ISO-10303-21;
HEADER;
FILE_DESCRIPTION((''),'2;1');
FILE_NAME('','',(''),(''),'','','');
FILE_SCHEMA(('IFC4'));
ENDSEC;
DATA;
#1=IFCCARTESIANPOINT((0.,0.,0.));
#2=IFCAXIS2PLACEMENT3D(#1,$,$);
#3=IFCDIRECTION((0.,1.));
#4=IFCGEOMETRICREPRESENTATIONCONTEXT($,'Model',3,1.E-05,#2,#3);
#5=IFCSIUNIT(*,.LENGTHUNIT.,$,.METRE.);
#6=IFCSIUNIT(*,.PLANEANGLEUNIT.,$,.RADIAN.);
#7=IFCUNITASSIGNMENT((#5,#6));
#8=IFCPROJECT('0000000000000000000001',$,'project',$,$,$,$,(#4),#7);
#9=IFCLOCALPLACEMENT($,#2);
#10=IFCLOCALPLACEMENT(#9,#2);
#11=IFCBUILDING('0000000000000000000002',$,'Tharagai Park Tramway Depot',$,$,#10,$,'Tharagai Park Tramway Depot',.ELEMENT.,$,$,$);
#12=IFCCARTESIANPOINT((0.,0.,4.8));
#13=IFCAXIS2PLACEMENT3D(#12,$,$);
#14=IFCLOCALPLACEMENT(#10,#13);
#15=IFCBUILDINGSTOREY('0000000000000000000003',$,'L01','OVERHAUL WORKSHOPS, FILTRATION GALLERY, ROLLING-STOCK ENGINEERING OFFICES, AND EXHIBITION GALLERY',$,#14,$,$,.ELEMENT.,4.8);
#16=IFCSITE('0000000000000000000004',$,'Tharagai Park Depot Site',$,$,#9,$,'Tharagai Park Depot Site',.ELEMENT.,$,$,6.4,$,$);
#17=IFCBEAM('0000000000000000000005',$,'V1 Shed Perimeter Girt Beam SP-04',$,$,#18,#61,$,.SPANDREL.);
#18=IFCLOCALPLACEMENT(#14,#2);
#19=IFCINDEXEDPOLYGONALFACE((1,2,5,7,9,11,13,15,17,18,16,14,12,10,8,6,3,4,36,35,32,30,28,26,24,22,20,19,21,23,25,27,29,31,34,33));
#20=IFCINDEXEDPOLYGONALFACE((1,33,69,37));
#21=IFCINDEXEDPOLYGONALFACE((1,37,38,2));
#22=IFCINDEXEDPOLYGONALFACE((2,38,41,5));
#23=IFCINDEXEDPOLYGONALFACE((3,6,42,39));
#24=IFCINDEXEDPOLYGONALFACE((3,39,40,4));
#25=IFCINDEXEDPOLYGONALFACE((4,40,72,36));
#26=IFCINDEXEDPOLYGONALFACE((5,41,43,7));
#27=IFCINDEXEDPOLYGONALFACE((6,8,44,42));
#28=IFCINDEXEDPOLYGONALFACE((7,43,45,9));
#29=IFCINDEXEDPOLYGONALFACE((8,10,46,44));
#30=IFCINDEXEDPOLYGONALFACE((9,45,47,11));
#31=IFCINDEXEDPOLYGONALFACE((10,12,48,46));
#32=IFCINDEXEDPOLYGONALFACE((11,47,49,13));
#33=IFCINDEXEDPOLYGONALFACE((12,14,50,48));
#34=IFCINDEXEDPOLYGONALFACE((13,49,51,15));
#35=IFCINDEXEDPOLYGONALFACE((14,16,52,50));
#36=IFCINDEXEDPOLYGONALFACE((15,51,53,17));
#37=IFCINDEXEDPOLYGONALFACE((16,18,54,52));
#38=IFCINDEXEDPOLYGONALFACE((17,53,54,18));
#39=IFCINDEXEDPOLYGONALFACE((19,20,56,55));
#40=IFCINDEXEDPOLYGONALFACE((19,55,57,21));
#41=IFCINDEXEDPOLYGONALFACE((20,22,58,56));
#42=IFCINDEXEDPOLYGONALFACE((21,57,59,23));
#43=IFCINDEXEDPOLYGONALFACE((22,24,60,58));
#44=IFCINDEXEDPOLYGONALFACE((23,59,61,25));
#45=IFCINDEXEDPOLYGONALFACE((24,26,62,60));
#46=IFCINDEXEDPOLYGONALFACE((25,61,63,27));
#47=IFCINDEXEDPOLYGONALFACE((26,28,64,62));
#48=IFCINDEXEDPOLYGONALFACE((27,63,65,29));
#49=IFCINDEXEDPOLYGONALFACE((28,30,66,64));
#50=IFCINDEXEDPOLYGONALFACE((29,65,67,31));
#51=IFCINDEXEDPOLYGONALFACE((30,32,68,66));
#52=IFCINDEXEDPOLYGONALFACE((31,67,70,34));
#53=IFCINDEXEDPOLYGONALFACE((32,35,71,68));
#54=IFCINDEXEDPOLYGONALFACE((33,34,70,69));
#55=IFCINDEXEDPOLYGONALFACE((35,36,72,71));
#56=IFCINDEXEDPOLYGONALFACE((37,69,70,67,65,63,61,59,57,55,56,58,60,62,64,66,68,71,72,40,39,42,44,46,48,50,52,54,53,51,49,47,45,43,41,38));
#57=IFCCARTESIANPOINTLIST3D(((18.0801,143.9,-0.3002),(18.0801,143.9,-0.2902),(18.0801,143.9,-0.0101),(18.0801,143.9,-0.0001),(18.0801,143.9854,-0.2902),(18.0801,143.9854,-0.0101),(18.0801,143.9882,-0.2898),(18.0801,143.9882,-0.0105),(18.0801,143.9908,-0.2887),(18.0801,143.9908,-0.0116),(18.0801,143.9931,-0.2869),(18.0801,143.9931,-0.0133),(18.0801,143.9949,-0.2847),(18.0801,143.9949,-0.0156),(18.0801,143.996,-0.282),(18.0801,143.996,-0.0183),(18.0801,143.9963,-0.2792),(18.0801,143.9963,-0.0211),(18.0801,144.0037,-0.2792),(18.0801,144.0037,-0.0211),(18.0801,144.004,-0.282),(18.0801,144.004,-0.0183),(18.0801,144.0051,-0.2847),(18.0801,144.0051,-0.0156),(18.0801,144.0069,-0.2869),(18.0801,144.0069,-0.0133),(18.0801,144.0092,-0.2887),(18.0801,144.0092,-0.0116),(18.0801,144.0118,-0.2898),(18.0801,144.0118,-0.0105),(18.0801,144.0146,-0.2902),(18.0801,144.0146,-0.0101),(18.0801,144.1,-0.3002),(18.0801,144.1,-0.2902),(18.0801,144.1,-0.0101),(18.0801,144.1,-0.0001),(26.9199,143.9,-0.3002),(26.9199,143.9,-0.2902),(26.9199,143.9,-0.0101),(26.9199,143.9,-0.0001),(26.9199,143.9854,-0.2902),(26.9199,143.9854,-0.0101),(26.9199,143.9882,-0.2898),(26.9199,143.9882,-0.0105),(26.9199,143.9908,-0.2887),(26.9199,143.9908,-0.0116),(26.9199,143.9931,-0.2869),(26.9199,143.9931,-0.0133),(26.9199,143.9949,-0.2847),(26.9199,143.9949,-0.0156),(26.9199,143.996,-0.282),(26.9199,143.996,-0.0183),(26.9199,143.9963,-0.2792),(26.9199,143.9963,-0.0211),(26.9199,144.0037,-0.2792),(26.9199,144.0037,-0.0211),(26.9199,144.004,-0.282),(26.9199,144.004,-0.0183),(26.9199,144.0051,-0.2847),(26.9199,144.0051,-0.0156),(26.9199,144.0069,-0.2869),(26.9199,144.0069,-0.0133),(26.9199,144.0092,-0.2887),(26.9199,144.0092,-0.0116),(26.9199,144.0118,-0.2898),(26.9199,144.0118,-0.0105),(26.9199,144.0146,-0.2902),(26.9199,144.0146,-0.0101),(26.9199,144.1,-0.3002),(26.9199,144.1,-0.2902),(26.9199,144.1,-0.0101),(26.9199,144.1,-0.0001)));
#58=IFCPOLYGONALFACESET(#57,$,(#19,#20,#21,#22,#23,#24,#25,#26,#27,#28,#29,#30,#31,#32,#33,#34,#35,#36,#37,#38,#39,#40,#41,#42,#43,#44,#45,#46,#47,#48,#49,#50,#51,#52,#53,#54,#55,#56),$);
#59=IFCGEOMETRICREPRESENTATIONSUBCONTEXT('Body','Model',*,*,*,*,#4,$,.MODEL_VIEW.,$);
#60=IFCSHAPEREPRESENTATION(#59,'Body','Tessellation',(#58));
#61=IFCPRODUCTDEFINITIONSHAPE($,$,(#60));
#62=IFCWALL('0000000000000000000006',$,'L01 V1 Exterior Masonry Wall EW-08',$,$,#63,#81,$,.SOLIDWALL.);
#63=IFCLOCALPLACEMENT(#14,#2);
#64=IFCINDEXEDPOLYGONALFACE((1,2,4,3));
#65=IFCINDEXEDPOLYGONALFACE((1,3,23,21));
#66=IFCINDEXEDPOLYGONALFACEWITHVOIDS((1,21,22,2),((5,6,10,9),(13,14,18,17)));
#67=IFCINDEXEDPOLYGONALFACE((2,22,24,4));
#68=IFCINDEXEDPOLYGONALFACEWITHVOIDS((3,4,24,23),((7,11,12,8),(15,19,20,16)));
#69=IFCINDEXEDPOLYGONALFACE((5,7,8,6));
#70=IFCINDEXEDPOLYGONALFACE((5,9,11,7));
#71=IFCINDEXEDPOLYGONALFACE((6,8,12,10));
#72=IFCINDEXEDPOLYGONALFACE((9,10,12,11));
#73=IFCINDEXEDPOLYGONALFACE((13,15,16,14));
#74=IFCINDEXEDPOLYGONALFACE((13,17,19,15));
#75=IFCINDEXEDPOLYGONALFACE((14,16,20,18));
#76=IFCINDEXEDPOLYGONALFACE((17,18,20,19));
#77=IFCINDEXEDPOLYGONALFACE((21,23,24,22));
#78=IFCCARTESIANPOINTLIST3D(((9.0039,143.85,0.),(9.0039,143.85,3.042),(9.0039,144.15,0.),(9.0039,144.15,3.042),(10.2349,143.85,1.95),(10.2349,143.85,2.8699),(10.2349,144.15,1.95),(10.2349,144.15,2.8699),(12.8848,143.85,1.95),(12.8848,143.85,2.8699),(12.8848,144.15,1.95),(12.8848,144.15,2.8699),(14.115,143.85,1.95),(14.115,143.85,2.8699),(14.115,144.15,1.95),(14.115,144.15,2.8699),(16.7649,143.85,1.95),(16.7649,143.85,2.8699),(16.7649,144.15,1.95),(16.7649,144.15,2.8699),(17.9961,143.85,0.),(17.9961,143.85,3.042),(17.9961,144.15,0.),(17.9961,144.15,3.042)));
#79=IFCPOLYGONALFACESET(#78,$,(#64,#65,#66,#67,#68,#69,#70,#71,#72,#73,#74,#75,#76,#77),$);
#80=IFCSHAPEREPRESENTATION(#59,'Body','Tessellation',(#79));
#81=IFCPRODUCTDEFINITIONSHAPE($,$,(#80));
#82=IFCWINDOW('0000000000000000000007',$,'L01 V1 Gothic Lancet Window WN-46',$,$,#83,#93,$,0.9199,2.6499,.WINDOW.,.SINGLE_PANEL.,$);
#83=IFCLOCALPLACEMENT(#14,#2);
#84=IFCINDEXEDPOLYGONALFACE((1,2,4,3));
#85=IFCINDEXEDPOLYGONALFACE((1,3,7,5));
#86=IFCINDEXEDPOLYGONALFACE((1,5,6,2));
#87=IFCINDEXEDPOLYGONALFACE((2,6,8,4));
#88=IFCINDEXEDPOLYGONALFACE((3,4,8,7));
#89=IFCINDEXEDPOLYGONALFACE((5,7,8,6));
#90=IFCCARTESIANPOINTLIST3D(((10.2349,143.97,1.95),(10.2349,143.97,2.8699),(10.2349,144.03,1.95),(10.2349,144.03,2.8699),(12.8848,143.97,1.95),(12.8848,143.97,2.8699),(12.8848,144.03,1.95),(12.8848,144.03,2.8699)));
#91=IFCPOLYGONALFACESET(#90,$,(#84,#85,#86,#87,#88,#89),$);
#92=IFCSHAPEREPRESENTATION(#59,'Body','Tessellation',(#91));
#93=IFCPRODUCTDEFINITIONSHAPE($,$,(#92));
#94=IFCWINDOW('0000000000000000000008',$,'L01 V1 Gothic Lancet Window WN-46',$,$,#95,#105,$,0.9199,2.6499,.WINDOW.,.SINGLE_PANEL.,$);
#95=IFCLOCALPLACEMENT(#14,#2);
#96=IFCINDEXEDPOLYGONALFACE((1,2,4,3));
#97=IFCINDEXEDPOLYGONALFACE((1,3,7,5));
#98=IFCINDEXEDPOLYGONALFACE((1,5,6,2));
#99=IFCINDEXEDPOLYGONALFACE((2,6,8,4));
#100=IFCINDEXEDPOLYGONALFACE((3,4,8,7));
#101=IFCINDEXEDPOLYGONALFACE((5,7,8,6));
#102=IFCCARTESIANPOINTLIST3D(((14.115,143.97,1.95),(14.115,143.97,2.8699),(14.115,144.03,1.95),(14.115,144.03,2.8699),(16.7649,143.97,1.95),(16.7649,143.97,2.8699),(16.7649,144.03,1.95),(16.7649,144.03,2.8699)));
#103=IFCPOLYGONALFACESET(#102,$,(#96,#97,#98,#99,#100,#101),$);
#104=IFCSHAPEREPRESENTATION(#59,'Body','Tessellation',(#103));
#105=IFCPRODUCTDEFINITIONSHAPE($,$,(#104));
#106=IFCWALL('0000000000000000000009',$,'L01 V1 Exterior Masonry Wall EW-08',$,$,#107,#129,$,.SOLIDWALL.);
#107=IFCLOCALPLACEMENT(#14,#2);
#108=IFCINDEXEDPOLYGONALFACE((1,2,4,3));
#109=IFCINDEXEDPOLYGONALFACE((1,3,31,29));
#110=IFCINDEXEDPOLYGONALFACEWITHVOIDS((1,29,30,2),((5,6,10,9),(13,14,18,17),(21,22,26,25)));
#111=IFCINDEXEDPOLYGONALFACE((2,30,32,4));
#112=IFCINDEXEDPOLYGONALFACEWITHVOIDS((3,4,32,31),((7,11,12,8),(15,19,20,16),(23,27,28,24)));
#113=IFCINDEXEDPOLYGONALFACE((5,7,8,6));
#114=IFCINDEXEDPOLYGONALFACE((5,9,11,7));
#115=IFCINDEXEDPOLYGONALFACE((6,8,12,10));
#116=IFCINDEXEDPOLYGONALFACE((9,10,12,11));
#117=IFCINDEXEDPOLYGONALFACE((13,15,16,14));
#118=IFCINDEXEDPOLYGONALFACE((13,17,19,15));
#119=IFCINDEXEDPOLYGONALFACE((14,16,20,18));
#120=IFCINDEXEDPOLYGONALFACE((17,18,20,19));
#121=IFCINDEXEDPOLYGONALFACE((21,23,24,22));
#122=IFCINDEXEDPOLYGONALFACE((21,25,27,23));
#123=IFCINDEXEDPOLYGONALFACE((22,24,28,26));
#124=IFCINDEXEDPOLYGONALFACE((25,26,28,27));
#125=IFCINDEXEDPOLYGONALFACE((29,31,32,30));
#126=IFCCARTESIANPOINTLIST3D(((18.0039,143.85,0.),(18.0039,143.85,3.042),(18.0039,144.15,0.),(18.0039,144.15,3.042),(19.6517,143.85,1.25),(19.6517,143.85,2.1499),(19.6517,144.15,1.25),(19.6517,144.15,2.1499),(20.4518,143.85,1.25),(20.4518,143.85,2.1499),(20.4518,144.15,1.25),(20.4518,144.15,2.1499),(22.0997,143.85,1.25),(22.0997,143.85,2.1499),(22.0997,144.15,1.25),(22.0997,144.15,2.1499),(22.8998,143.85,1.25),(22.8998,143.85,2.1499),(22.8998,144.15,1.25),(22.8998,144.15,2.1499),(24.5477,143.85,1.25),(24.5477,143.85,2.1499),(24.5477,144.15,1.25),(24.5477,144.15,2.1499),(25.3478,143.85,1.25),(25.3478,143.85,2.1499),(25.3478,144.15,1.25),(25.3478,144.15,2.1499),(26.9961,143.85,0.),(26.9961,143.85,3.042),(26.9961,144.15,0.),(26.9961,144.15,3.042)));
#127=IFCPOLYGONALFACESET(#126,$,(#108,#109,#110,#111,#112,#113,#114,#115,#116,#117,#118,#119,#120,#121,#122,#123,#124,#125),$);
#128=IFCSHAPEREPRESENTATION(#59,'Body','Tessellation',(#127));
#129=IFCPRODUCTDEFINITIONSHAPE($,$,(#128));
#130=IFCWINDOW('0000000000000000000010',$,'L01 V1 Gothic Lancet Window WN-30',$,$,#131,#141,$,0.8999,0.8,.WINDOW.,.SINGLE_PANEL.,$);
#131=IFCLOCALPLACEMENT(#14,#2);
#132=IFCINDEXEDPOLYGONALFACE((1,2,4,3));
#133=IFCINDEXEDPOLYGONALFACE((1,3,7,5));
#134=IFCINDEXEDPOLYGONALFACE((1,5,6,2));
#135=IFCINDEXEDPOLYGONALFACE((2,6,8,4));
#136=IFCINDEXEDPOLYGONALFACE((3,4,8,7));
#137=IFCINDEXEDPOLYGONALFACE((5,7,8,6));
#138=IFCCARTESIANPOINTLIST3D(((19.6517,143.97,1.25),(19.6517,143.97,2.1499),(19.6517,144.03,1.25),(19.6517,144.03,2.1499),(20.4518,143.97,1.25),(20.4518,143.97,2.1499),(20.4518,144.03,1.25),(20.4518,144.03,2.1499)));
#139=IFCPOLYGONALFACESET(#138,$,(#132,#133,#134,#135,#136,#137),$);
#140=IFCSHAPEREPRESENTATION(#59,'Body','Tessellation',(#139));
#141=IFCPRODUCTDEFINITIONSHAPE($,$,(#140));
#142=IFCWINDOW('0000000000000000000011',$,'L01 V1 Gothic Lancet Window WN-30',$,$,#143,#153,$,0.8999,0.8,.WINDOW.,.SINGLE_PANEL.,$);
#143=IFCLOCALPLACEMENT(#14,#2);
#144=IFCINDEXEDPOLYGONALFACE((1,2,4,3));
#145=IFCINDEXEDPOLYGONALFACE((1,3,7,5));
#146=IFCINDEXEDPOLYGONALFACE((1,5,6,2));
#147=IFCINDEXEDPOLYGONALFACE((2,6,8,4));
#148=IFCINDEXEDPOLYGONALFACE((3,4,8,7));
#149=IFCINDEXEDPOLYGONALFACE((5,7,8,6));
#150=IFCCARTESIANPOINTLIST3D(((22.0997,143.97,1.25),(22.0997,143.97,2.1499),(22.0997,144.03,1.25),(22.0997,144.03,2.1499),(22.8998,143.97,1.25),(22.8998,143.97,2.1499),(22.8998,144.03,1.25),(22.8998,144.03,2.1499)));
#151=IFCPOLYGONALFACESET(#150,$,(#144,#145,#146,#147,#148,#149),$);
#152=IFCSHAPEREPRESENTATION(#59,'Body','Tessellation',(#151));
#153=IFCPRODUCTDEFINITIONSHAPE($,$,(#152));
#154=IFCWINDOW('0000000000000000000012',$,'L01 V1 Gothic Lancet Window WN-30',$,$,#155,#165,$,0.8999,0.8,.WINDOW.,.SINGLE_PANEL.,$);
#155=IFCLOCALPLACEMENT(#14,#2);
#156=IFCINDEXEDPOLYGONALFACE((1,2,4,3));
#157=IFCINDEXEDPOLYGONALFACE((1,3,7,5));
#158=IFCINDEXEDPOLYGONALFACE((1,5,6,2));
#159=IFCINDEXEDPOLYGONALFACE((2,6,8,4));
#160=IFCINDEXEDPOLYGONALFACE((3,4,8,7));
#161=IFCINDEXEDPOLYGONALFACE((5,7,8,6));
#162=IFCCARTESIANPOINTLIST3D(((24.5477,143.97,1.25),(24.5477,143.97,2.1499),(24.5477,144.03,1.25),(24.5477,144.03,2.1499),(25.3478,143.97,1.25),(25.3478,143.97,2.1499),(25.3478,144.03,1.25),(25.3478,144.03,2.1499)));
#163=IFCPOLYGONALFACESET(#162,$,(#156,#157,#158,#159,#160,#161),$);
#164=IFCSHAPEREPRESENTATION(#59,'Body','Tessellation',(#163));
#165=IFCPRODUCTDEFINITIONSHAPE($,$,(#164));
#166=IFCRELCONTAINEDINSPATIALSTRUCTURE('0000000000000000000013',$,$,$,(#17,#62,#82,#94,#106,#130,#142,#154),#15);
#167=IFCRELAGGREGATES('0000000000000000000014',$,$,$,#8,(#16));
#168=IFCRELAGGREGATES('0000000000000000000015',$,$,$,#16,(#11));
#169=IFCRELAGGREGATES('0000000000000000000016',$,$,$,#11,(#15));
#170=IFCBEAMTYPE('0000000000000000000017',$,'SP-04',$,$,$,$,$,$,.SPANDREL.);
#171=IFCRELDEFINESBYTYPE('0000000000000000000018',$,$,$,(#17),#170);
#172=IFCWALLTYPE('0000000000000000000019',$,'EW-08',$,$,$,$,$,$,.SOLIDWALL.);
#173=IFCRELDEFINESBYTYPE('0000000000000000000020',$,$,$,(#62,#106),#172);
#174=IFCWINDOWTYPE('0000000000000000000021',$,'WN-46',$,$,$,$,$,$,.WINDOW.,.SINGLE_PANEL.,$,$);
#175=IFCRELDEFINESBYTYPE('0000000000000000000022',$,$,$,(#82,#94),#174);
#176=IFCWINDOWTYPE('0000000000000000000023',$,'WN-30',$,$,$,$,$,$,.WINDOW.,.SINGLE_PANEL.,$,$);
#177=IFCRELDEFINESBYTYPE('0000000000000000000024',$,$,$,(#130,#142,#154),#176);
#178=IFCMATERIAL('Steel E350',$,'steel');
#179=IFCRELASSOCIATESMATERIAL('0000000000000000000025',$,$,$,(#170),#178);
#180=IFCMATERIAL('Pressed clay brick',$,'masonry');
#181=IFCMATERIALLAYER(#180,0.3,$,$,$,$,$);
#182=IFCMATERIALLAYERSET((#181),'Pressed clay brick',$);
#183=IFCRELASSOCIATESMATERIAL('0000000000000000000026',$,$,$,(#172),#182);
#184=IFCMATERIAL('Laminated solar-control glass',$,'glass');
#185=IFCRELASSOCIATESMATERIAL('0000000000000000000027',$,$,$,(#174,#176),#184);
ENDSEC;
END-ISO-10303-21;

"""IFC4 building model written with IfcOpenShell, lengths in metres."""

from ifc_helpers import new_model, si_unit, direction, frame, frame_2d, origin, origin_2d, place, context, subcontext, project, spatial, rectangle, i_section, extrude, material, layer, layer_set, material_profile, profile_set, type_object, element, fill, save


model = new_model("IFC4")

# Units and contexts
model_context = context("Model", 3, precision=1e-05, world=origin(), true_north=direction((0.0, 1.0)))
body_context = subcontext(model_context, "Body", "Model", "MODEL_VIEW")
ifc_project = project(units=[si_unit("LENGTHUNIT", "METRE"), si_unit("PLANEANGLEUNIT", "RADIAN")], contexts=[model_context])

# Site, building, storey
site_placement = place(None, origin())
site = spatial("IfcSite", under=ifc_project, at=site_placement, Name="Tharagai Park Depot Site", LongName="Tharagai Park Depot Site", CompositionType="ELEMENT", RefElevation=6.4)
building_placement = place(site_placement, origin())
building = spatial("IfcBuilding", under=site, at=building_placement, Name="Tharagai Park Tramway Depot", LongName="Tharagai Park Tramway Depot", CompositionType="ELEMENT")
storey_placement = place(building_placement, frame((0.0, 0.0, 4.8)))
storey = spatial("IfcBuildingStorey", under=building, at=storey_placement, Name="L01", Description="OVERHAUL WORKSHOPS, FILTRATION GALLERY, ROLLING-STOCK ENGINEERING OFFICES, AND EXHIBITION GALLERY", CompositionType="ELEMENT", Elevation=4.8)

# Shared definitions
ifc_material_1 = material(Name="Steel E350", Category="steel")

# Beam
ifc_material_profile_1 = material_profile(ifc_material_1, i_section(OverallWidth=0.2, OverallDepth=0.3, WebThickness=0.0073, FlangeThickness=0.01, FilletRadius=0.011, at=origin_2d()), Name="ISWB 300")
ifc_profile_set_1 = profile_set([ifc_material_profile_1], Name="Steel E350")
beam_type = type_object("IfcBeamType", Name="SP-04", PredefinedType="SPANDREL", material=ifc_profile_set_1)
for number, where, z_axis, x_axis, name in (
    (1, (18.0801, 144.0, -0.1501), (1.0, 0.0, 0.0), (0.0, 1.0, 0.0), "V1 Shed Perimeter Girt Beam SP-04"),
):
    element("IfcBeam", number, at=place(storey_placement, frame(where, z_axis=z_axis, x_axis=x_axis)), inside=storey, type_object=beam_type, Name=name, PredefinedType="SPANDREL", context=body_context, shape_type="SweptSolid", body=[
        extrude(i_section(OverallWidth=0.2, OverallDepth=0.3, WebThickness=0.0073, FlangeThickness=0.01, FilletRadius=0.011, at=origin_2d()), origin(), (0.0, 0.0, 1.0), 8.8398),
    ])

# Walls, openings, windows
ifc_material_2 = material(Name="Pressed clay brick", Category="masonry")
ifc_layer_1 = layer(ifc_material_2, 0.3)
ifc_layer_set_1 = layer_set([ifc_layer_1], Name="Pressed clay brick")
wall_type = type_object("IfcWallType", Name="EW-08", PredefinedType="SOLIDWALL", material=ifc_layer_set_1)
wall_1_placement = place(storey_placement, frame((9.0039, 144.0, 0.0), z_axis=(0.0, 0.0, 1.0), x_axis=(1.0, 0.0, 0.0)))
wall_1 = element("IfcWall", 2, at=wall_1_placement, inside=storey, type_object=wall_type, Name="L01 V1 Exterior Masonry Wall EW-08", PredefinedType="SOLIDWALL", context=body_context, shape_type="SweptSolid", body=[
    extrude(rectangle(XDim=8.9922, YDim=0.3, at=frame_2d((4.4961, 0.0))), origin(), (0.0, 0.0, 1.0), 3.042),
])
opening_1_placement = place(wall_1_placement, frame((1.231, 0.0, 1.95)))
opening_1 = element("IfcOpeningElement", 3, at=opening_1_placement, cuts=wall_1, PredefinedType="OPENING", context=body_context, shape_type="SweptSolid", body=[
    extrude(rectangle(XDim=2.6499, YDim=0.9199, at=frame_2d((1.325, 0.46))), frame((0.0, 0.1599, 0.0), z_axis=(0.0, -1.0, 0.0), x_axis=(1.0, 0.0, 0.0)), (0.0, 0.0, 1.0), 0.3201),
])
opening_2_placement = place(wall_1_placement, frame((5.1111, 0.0, 1.95)))
opening_2 = element("IfcOpeningElement", 4, at=opening_2_placement, cuts=wall_1, PredefinedType="OPENING", context=body_context, shape_type="SweptSolid", body=[
    extrude(rectangle(XDim=2.6499, YDim=0.9199, at=frame_2d((1.325, 0.46))), frame((0.0, 0.1599, 0.0), z_axis=(0.0, -1.0, 0.0), x_axis=(1.0, 0.0, 0.0)), (0.0, 0.0, 1.0), 0.3201),
])
ifc_material_3 = material(Name="Laminated solar-control glass", Category="glass")
window_type_1 = type_object("IfcWindowType", Name="WN-46", PartitioningType="SINGLE_PANEL", PredefinedType="WINDOW", material=ifc_material_3)
window_1_placement = place(opening_1_placement, origin())
window_1 = element("IfcWindow", 5, at=window_1_placement, inside=storey, type_object=window_type_1, Name="L01 V1 Gothic Lancet Window WN-46", OverallHeight=0.9199, OverallWidth=2.6499, PartitioningType="SINGLE_PANEL", PredefinedType="WINDOW", context=body_context, shape_type="SweptSolid", body=[
    extrude(rectangle(XDim=2.6499, YDim=0.9199, at=frame_2d((1.325, 0.46))), frame((0.0, 0.03, 0.0), z_axis=(0.0, -1.0, 0.0), x_axis=(1.0, 0.0, 0.0)), (0.0, 0.0, 1.0), 0.0601),
])
fill(opening_1, window_1)
window_2_placement = place(opening_2_placement, origin())
window_2 = element("IfcWindow", 6, at=window_2_placement, inside=storey, type_object=window_type_1, Name="L01 V1 Gothic Lancet Window WN-46", OverallHeight=0.9199, OverallWidth=2.6499, PartitioningType="SINGLE_PANEL", PredefinedType="WINDOW", context=body_context, shape_type="SweptSolid", body=[
    extrude(rectangle(XDim=2.6499, YDim=0.9199, at=frame_2d((1.325, 0.46))), frame((0.0, 0.03, 0.0), z_axis=(0.0, -1.0, 0.0), x_axis=(1.0, 0.0, 0.0)), (0.0, 0.0, 1.0), 0.0601),
])
fill(opening_2, window_2)
wall_2_placement = place(storey_placement, frame((18.0039, 144.0, 0.0), z_axis=(0.0, 0.0, 1.0), x_axis=(1.0, 0.0, 0.0)))
wall_2 = element("IfcWall", 7, at=wall_2_placement, inside=storey, type_object=wall_type, Name="L01 V1 Exterior Masonry Wall EW-08", PredefinedType="SOLIDWALL", context=body_context, shape_type="SweptSolid", body=[
    extrude(rectangle(XDim=8.9922, YDim=0.3, at=frame_2d((4.4961, 0.0))), origin(), (0.0, 0.0, 1.0), 3.042),
])
opening_3_placement = place(wall_2_placement, frame((1.6479, 0.0, 1.25)))
opening_3 = element("IfcOpeningElement", 8, at=opening_3_placement, cuts=wall_2, PredefinedType="OPENING", context=body_context, shape_type="SweptSolid", body=[
    extrude(rectangle(XDim=0.8, YDim=0.8999, at=frame_2d((0.3999, 0.45))), frame((0.0, 0.1599, 0.0), z_axis=(0.0, -1.0, 0.0), x_axis=(1.0, 0.0, 0.0)), (0.0, 0.0, 1.0), 0.3201),
])
opening_4_placement = place(wall_2_placement, frame((4.0959, 0.0, 1.25)))
opening_4 = element("IfcOpeningElement", 9, at=opening_4_placement, cuts=wall_2, PredefinedType="OPENING", context=body_context, shape_type="SweptSolid", body=[
    extrude(rectangle(XDim=0.8, YDim=0.8999, at=frame_2d((0.3999, 0.45))), frame((0.0, 0.1599, 0.0), z_axis=(0.0, -1.0, 0.0), x_axis=(1.0, 0.0, 0.0)), (0.0, 0.0, 1.0), 0.3201),
])
opening_5_placement = place(wall_2_placement, frame((6.5439, 0.0, 1.25)))
opening_5 = element("IfcOpeningElement", 10, at=opening_5_placement, cuts=wall_2, PredefinedType="OPENING", context=body_context, shape_type="SweptSolid", body=[
    extrude(rectangle(XDim=0.8, YDim=0.8999, at=frame_2d((0.3999, 0.45))), frame((0.0, 0.1599, 0.0), z_axis=(0.0, -1.0, 0.0), x_axis=(1.0, 0.0, 0.0)), (0.0, 0.0, 1.0), 0.3201),
])
window_type_2 = type_object("IfcWindowType", Name="WN-30", PartitioningType="SINGLE_PANEL", PredefinedType="WINDOW", material=ifc_material_3)
window_3_placement = place(opening_3_placement, origin())
window_3 = element("IfcWindow", 11, at=window_3_placement, inside=storey, type_object=window_type_2, Name="L01 V1 Gothic Lancet Window WN-30", OverallHeight=0.8999, OverallWidth=0.8, PartitioningType="SINGLE_PANEL", PredefinedType="WINDOW", context=body_context, shape_type="SweptSolid", body=[
    extrude(rectangle(XDim=0.8, YDim=0.8999, at=frame_2d((0.3999, 0.45))), frame((0.0, 0.03, 0.0), z_axis=(0.0, -1.0, 0.0), x_axis=(1.0, 0.0, 0.0)), (0.0, 0.0, 1.0), 0.0601),
])
fill(opening_3, window_3)
window_4_placement = place(opening_4_placement, origin())
window_4 = element("IfcWindow", 12, at=window_4_placement, inside=storey, type_object=window_type_2, Name="L01 V1 Gothic Lancet Window WN-30", OverallHeight=0.8999, OverallWidth=0.8, PartitioningType="SINGLE_PANEL", PredefinedType="WINDOW", context=body_context, shape_type="SweptSolid", body=[
    extrude(rectangle(XDim=0.8, YDim=0.8999, at=frame_2d((0.3999, 0.45))), frame((0.0, 0.03, 0.0), z_axis=(0.0, -1.0, 0.0), x_axis=(1.0, 0.0, 0.0)), (0.0, 0.0, 1.0), 0.0601),
])
fill(opening_4, window_4)
window_5_placement = place(opening_5_placement, origin())
window_5 = element("IfcWindow", 13, at=window_5_placement, inside=storey, type_object=window_type_2, Name="L01 V1 Gothic Lancet Window WN-30", OverallHeight=0.8999, OverallWidth=0.8, PartitioningType="SINGLE_PANEL", PredefinedType="WINDOW", context=body_context, shape_type="SweptSolid", body=[
    extrude(rectangle(XDim=0.8, YDim=0.8999, at=frame_2d((0.3999, 0.45))), frame((0.0, 0.03, 0.0), z_axis=(0.0, -1.0, 0.0), x_axis=(1.0, 0.0, 0.0)), (0.0, 0.0, 1.0), 0.0601),
])
fill(opening_5, window_5)

save(model, "model.ifc")
